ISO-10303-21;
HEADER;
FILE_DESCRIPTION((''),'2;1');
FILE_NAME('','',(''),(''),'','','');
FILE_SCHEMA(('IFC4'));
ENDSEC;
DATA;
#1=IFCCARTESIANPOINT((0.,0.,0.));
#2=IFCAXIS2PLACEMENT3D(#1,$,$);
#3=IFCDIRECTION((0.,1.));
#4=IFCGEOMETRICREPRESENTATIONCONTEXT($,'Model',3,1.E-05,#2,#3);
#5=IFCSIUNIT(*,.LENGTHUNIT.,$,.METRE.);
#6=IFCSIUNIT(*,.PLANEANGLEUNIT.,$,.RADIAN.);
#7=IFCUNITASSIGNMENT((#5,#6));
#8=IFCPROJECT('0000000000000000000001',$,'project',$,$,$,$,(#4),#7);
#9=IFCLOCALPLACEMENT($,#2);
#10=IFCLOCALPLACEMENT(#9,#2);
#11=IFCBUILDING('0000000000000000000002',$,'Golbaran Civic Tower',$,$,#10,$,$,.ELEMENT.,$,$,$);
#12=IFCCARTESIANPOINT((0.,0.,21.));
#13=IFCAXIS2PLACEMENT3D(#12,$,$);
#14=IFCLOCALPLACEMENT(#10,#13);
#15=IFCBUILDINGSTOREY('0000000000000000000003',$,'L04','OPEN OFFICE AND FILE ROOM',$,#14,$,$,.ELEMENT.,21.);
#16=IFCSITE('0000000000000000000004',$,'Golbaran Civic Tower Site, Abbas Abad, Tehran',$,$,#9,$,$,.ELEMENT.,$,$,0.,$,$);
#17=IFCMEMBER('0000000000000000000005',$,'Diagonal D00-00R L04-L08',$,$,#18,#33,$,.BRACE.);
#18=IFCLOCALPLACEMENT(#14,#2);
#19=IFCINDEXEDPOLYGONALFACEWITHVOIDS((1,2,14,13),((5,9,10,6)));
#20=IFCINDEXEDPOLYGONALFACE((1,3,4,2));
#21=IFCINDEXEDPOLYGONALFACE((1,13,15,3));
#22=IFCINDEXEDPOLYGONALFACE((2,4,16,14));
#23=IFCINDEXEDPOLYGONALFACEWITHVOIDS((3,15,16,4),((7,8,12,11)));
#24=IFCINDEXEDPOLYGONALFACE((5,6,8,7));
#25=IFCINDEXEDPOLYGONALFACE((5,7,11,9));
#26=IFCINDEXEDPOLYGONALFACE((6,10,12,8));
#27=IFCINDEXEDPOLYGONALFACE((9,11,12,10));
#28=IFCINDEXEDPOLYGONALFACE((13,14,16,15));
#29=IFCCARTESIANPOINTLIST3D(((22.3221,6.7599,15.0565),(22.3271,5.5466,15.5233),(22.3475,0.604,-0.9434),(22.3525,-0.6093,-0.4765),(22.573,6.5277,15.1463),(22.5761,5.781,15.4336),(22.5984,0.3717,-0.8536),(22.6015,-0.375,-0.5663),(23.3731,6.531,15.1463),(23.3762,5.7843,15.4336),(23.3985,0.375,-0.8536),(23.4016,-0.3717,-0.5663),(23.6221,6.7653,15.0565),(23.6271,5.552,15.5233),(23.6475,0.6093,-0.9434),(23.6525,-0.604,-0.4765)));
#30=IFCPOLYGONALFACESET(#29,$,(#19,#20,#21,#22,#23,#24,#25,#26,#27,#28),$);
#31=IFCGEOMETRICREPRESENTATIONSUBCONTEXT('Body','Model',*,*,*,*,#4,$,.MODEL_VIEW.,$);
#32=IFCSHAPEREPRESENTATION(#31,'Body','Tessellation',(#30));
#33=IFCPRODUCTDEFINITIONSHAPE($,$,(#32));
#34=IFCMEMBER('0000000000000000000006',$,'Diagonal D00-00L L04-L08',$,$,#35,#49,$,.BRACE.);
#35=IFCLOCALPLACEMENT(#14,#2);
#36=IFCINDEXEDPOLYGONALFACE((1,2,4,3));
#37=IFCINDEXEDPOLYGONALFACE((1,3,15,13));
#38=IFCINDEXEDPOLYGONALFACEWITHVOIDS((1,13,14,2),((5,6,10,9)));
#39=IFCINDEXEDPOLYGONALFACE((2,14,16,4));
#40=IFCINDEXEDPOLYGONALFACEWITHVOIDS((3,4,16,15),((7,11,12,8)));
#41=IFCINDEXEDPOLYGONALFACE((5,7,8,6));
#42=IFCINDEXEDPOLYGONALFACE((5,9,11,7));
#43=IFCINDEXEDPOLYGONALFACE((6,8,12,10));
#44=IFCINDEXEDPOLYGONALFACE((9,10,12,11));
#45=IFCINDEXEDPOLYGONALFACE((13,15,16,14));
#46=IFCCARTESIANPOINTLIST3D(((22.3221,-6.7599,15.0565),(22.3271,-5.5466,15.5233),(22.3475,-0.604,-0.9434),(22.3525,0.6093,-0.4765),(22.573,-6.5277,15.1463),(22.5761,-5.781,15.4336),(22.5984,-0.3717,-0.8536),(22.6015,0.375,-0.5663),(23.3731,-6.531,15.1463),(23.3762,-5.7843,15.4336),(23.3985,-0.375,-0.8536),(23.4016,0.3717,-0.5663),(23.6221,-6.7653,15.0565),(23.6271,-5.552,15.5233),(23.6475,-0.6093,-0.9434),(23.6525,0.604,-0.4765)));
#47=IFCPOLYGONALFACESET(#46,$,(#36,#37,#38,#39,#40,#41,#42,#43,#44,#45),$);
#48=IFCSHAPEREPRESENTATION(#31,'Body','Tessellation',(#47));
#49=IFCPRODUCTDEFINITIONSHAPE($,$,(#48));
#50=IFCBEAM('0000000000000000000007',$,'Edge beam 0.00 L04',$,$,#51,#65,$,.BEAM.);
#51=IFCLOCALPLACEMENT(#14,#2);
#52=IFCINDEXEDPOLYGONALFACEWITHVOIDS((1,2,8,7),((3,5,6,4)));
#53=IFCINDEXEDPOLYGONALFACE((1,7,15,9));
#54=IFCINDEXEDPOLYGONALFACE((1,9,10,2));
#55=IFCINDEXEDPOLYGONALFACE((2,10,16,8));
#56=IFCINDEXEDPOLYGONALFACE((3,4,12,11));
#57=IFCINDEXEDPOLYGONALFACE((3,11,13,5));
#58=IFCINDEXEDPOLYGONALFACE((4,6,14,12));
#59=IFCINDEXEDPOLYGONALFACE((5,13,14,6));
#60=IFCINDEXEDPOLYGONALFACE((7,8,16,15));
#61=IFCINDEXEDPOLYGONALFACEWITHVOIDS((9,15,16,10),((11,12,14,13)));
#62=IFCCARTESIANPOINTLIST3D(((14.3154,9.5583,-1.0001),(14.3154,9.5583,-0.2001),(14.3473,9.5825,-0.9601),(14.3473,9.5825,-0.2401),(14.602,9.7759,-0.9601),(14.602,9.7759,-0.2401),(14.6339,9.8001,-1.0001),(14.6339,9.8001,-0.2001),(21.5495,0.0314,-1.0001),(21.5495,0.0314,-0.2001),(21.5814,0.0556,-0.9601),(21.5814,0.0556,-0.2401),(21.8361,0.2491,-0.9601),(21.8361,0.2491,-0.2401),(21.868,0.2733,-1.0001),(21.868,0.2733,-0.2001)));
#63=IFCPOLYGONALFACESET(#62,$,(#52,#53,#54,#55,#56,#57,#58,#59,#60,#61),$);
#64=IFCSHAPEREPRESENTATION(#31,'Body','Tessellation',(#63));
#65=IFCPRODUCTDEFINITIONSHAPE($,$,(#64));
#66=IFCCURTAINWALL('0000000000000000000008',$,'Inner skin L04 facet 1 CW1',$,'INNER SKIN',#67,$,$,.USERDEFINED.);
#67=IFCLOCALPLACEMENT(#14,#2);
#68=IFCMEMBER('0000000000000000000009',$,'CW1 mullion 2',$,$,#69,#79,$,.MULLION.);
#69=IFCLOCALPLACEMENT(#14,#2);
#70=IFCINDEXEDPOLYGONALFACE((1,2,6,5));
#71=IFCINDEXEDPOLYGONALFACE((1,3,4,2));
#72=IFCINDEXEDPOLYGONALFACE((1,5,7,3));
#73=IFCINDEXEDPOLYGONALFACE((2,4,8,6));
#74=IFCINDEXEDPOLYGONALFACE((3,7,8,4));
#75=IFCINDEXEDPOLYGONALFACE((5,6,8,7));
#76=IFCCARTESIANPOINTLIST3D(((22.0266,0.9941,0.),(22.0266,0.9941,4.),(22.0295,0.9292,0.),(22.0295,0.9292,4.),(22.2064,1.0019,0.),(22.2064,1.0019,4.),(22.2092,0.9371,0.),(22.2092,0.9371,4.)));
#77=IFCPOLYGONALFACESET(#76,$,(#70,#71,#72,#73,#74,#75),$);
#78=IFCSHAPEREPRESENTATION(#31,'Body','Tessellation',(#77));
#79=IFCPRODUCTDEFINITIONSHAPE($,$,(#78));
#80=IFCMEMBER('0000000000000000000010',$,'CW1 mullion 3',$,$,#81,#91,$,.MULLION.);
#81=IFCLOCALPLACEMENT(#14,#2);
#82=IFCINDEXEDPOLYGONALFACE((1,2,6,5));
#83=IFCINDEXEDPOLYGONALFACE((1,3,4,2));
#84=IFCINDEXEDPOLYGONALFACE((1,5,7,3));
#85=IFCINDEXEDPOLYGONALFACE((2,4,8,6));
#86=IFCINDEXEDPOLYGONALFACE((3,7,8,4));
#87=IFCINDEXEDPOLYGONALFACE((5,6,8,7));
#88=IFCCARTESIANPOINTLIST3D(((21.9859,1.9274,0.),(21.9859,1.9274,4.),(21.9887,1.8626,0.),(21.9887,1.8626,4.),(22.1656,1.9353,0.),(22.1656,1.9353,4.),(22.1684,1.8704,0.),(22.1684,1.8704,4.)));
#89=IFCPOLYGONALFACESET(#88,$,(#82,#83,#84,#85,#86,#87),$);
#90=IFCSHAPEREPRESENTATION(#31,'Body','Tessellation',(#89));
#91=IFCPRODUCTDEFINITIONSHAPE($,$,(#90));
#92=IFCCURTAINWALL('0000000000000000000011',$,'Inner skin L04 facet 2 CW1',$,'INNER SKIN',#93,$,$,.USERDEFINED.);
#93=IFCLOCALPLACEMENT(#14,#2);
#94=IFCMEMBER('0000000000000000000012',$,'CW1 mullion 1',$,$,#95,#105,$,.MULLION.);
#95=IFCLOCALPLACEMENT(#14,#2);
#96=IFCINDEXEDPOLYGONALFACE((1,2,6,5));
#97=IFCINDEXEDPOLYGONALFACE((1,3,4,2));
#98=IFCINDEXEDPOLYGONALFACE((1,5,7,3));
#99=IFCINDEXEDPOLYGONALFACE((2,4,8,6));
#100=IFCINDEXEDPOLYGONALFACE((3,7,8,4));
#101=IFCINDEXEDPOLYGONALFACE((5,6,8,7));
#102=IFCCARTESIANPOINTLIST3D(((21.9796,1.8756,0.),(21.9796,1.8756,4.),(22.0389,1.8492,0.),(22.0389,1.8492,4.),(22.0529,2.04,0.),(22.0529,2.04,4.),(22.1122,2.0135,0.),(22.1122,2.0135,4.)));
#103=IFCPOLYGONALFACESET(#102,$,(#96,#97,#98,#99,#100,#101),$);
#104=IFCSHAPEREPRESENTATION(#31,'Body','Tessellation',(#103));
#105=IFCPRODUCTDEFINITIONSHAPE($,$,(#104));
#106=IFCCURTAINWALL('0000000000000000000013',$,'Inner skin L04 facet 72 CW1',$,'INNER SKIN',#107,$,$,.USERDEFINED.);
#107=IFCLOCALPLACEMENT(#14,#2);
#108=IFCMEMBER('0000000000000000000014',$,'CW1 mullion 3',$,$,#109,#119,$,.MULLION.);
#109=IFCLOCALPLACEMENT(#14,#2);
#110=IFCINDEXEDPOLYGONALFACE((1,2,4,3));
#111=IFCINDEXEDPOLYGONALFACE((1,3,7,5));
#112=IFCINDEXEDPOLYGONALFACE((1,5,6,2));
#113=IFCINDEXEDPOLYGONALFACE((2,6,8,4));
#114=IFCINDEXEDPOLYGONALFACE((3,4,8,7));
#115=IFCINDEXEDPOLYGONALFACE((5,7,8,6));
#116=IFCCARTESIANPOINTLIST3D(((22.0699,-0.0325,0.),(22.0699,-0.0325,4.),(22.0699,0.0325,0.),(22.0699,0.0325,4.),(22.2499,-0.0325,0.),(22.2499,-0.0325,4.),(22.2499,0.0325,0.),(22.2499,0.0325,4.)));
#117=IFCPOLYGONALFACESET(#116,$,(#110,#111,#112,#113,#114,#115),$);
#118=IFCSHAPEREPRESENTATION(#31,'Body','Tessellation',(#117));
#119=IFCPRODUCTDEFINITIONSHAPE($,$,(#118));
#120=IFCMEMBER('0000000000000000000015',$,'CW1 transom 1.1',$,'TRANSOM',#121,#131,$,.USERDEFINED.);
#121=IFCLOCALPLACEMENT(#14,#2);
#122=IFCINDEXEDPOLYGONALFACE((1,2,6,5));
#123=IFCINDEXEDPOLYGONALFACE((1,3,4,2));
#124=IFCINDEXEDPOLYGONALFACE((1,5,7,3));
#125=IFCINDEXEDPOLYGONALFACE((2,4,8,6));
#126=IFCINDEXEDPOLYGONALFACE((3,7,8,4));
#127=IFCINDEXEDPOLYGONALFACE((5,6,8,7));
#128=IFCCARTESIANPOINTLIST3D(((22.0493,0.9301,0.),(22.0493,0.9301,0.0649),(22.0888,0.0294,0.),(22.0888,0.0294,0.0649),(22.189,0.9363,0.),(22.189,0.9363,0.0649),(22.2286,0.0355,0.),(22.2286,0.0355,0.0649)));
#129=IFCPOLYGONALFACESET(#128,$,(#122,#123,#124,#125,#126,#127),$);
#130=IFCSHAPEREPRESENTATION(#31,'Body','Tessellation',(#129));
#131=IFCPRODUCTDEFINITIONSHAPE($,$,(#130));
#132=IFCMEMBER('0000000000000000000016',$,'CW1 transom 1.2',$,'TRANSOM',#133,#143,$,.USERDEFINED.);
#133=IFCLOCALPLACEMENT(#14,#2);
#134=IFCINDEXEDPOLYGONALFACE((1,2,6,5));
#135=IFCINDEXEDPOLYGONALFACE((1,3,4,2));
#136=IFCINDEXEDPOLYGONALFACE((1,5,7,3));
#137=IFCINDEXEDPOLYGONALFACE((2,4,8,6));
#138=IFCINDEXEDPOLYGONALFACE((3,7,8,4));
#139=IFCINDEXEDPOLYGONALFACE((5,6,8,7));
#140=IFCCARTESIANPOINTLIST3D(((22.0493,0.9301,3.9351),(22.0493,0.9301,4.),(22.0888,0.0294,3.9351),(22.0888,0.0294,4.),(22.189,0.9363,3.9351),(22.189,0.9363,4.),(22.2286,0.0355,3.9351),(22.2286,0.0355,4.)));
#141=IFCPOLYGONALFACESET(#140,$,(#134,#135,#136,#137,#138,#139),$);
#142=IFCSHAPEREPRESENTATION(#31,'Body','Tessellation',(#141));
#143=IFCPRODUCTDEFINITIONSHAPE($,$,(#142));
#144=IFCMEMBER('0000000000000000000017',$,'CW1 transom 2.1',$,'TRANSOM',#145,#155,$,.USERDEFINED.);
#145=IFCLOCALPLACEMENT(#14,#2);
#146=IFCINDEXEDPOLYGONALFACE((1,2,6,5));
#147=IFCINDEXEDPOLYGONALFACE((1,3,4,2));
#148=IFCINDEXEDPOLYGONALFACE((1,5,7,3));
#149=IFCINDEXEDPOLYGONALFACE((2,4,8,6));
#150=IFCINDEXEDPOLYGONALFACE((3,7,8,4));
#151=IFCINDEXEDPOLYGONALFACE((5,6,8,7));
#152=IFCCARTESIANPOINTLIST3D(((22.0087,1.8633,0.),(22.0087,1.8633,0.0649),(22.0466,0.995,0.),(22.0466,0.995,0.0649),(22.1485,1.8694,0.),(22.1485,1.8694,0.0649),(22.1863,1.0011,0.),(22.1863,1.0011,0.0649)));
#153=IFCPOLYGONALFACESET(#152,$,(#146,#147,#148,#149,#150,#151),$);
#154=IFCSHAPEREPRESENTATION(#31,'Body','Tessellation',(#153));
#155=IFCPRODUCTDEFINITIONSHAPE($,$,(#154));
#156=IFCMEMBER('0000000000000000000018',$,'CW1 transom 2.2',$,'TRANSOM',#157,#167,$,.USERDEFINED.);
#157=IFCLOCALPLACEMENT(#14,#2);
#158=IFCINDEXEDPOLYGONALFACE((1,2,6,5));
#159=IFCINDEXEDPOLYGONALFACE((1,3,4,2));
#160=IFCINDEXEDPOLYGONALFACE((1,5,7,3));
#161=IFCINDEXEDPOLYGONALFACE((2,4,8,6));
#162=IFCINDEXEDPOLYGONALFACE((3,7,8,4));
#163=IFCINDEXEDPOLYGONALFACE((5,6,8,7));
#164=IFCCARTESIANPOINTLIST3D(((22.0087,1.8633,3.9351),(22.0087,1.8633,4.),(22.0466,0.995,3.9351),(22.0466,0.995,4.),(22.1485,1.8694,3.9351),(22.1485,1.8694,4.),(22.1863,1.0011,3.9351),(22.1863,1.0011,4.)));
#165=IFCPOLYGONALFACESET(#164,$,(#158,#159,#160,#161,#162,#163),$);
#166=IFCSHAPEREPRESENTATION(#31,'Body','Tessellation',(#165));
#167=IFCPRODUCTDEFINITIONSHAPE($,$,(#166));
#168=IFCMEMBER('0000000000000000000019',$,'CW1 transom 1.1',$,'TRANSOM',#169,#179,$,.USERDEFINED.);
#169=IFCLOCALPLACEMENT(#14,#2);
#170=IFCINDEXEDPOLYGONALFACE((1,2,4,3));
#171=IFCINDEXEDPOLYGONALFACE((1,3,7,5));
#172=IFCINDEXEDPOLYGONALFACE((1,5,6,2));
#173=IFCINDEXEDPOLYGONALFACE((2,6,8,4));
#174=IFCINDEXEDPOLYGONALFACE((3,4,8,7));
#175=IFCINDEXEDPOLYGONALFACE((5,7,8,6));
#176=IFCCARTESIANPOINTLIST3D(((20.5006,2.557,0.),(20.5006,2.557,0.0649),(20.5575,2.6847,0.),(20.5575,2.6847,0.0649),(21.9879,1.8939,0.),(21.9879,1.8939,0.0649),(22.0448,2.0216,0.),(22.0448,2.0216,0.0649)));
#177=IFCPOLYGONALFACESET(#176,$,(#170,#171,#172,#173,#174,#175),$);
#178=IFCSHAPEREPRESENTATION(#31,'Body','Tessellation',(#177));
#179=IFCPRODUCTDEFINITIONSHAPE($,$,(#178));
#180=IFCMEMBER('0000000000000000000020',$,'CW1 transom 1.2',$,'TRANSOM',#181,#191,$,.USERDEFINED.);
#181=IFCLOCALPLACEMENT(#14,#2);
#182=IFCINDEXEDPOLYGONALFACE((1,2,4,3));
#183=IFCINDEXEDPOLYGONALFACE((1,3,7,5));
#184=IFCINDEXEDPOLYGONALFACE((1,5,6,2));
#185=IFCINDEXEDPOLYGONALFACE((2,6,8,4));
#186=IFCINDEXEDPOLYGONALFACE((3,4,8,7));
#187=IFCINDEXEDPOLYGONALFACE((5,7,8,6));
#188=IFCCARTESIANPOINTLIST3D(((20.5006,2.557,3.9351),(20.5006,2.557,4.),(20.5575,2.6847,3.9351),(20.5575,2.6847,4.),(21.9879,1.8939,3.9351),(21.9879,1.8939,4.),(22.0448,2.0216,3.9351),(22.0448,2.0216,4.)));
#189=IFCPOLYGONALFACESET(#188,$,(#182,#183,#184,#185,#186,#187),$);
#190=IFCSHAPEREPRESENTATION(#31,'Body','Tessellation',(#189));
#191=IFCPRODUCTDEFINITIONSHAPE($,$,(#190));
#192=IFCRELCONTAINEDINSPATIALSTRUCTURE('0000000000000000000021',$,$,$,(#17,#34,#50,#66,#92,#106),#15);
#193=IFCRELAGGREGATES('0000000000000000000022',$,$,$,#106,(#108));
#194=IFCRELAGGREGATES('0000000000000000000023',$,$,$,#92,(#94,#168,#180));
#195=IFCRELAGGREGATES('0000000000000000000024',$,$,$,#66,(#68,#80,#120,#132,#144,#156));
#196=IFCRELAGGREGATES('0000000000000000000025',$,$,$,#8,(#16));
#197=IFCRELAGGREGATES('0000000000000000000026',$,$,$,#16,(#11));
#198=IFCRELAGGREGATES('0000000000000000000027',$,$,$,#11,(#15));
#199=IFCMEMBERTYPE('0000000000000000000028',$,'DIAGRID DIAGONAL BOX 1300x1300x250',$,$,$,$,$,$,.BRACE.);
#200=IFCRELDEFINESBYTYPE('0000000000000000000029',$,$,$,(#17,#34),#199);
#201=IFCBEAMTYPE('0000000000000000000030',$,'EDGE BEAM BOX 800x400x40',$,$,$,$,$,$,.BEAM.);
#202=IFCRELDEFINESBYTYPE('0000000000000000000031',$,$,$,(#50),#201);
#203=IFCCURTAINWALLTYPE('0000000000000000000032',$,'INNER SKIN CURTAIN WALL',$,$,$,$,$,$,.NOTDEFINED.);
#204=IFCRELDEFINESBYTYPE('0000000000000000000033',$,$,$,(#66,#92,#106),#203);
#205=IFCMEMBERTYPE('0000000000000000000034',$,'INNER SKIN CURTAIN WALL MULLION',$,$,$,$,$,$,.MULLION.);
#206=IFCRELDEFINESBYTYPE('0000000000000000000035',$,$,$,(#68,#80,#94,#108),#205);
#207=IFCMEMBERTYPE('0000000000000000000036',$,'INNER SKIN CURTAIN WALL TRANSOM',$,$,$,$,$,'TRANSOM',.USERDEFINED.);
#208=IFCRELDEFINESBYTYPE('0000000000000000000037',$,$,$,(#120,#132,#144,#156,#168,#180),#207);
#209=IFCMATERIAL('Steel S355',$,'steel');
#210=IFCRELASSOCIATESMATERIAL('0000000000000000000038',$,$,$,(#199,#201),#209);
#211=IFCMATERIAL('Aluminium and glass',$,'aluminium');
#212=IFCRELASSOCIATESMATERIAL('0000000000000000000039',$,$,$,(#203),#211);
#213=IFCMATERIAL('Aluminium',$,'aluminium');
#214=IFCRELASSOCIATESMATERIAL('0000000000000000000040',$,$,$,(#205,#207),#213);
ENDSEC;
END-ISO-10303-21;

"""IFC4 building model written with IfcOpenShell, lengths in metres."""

from ifc_helpers import new_model, si_unit, direction, frame, origin, origin_2d, place, context, subcontext, project, spatial, rectangle, hollow_rectangle, extrude, material, material_profile, profile_set, type_object, element, aggregate, save


model = new_model("IFC4")

# Units and contexts
model_context = context("Model", 3, precision=1e-05, world=origin(), true_north=direction((0.0, 1.0)))
body_context = subcontext(model_context, "Body", "Model", "MODEL_VIEW")
ifc_project = project(units=[si_unit("LENGTHUNIT", "METRE"), si_unit("PLANEANGLEUNIT", "RADIAN")], contexts=[model_context])

# Site, building, storey
site_placement = place(None, origin())
site = spatial("IfcSite", under=ifc_project, at=site_placement, Name="Golbaran Civic Tower Site, Abbas Abad, Tehran", CompositionType="ELEMENT", RefElevation=0.0)
building_placement = place(site_placement, origin())
building = spatial("IfcBuilding", under=site, at=building_placement, Name="Golbaran Civic Tower", CompositionType="ELEMENT")
storey_placement = place(building_placement, frame((0.0, 0.0, 21.0)))
storey = spatial("IfcBuildingStorey", under=building, at=storey_placement, Name="L04", Description="OPEN OFFICE AND FILE ROOM", CompositionType="ELEMENT", Elevation=21.0)

# Members
ifc_material_1 = material(Name="Steel S355", Category="steel")
ifc_material_profile_1 = material_profile(ifc_material_1, hollow_rectangle(XDim=1.3, YDim=1.3, WallThickness=0.25, at=origin_2d()), Name="BOX 1300x1300x250")
ifc_profile_set_1 = profile_set([ifc_material_profile_1], Name="Steel S355")
member_type_1 = type_object("IfcMemberType", Name="DIAGRID DIAGONAL BOX 1300x1300x250", PredefinedType="BRACE", material=ifc_profile_set_1)
for number, where, z_axis, x_axis, name in (
    (1, (23.0, 0.0, -0.71), (-0.001481, 0.359088, 0.933302), (-0.999991, -0.004124, 0.0), "Diagonal D00-00R L04-L08"),
    (2, (23.0, 0.0, -0.71), (-0.001481, -0.359088, 0.933302), (0.999991, -0.004124, 0.0), "Diagonal D00-00L L04-L08"),
):
    element("IfcMember", number, at=place(storey_placement, frame(where, z_axis=z_axis, x_axis=x_axis)), inside=storey, type_object=member_type_1, Name=name, PredefinedType="BRACE", context=body_context, shape_type="SweptSolid", body=[
        extrude(hollow_rectangle(XDim=1.3, YDim=1.3, WallThickness=0.25, at=origin_2d()), origin(), (0.0, 0.0, 1.0), 17.1433),
    ])

# Beam
ifc_material_profile_2 = material_profile(ifc_material_1, hollow_rectangle(XDim=0.3999, YDim=0.8, WallThickness=0.04, at=origin_2d()), Name="BOX 800x400x40")
ifc_profile_set_2 = profile_set([ifc_material_profile_2], Name="Steel S355")
beam_type = type_object("IfcBeamType", Name="EDGE BEAM BOX 800x400x40", PredefinedType="BEAM", material=ifc_profile_set_2)
beam_placement = place(storey_placement, frame((21.7087, 0.1523, -0.6001), z_axis=(-0.60475, 0.796415, 0.0), x_axis=(-0.796415, -0.60475, 0.0)))
element("IfcBeam", 3, at=beam_placement, inside=storey, type_object=beam_type, Name="Edge beam 0.00 L04", PredefinedType="BEAM", context=body_context, shape_type="SweptSolid", body=[
    extrude(hollow_rectangle(XDim=0.3999, YDim=0.8, WallThickness=0.04, at=origin_2d()), origin(), (0.0, 0.0, 1.0), 11.9622),
])

# Curtain wall, members
ifc_material_2 = material(Name="Aluminium and glass", Category="aluminium")
curtain_wall_type_1 = type_object("IfcCurtainWallType", Name="INNER SKIN CURTAIN WALL", PredefinedType="NOTDEFINED", material=ifc_material_2)
curtain_wall_1_placement = place(storey_placement, origin())
curtain_wall_1 = element("IfcCurtainWall", 4, at=curtain_wall_1_placement, inside=storey, type_object=curtain_wall_type_1, Name="Inner skin L04 facet 1 CW1", ObjectType="INNER SKIN", PredefinedType="USERDEFINED")
ifc_material_3 = material(Name="Aluminium", Category="aluminium")
ifc_material_profile_3 = material_profile(ifc_material_3, rectangle(XDim=0.1799, YDim=0.0649, at=origin_2d()), Name="INNER SKIN CURTAIN WALL MULLION")
ifc_profile_set_3 = profile_set([ifc_material_profile_3], Name="Aluminium")
member_type_2 = type_object("IfcMemberType", Name="INNER SKIN CURTAIN WALL MULLION", PredefinedType="MULLION", material=ifc_profile_set_3)
member_1_placement = place(storey_placement, frame((22.1179, 0.9656, 0.0), z_axis=(0.0, 0.0, 1.0), x_axis=(-0.999048, -0.043619, 0.0)))
member_1 = element("IfcMember", 5, at=member_1_placement, type_object=member_type_2, Name="CW1 mullion 2", PredefinedType="MULLION", context=body_context, shape_type="SweptSolid", body=[
    extrude(rectangle(XDim=0.1799, YDim=0.0649, at=origin_2d()), origin(), (0.0, 0.0, 1.0), 4.0),
])
member_2_placement = place(storey_placement, frame((22.0771, 1.8989, 0.0), z_axis=(0.0, 0.0, 1.0), x_axis=(-0.999048, -0.043619, 0.0)))
member_2 = element("IfcMember", 6, at=member_2_placement, type_object=member_type_2, Name="CW1 mullion 3", PredefinedType="MULLION", context=body_context, shape_type="SweptSolid", body=[
    extrude(rectangle(XDim=0.1799, YDim=0.0649, at=origin_2d()), origin(), (0.0, 0.0, 1.0), 4.0),
])

# Curtain walls, members
curtain_wall_2_placement = place(storey_placement, origin())
curtain_wall_2 = element("IfcCurtainWall", 7, at=curtain_wall_2_placement, inside=storey, type_object=curtain_wall_type_1, Name="Inner skin L04 facet 2 CW1", ObjectType="INNER SKIN", PredefinedType="USERDEFINED")
member_3_placement = place(storey_placement, frame((22.0459, 1.9446, 0.0), z_axis=(0.0, 0.0, 1.0), x_axis=(-0.407136, -0.913367, 0.0)))
member_3 = element("IfcMember", 8, at=member_3_placement, type_object=member_type_2, Name="CW1 mullion 1", PredefinedType="MULLION", context=body_context, shape_type="SweptSolid", body=[
    extrude(rectangle(XDim=0.1799, YDim=0.0649, at=origin_2d()), origin(), (0.0, 0.0, 1.0), 4.0),
])
curtain_wall_3_placement = place(storey_placement, origin())
curtain_wall_3 = element("IfcCurtainWall", 9, at=curtain_wall_3_placement, inside=storey, type_object=curtain_wall_type_1, Name="Inner skin L04 facet 72 CW1", ObjectType="INNER SKIN", PredefinedType="USERDEFINED")
member_4_placement = place(storey_placement, frame((22.1599, 0.0, 0.0), z_axis=(0.0, 0.0, 1.0), x_axis=(-1.0, 0.0, 0.0)))
member_4 = element("IfcMember", 10, at=member_4_placement, type_object=member_type_2, Name="CW1 mullion 3", PredefinedType="MULLION", context=body_context, shape_type="SweptSolid", body=[
    extrude(rectangle(XDim=0.1799, YDim=0.0649, at=origin_2d()), origin(), (0.0, 0.0, 1.0), 4.0),
])
aggregate(curtain_wall_3, [member_4])

# Members
ifc_material_profile_4 = material_profile(ifc_material_3, rectangle(XDim=0.1399, YDim=0.0649, at=origin_2d()), Name="INNER SKIN CURTAIN WALL TRANSOM")
ifc_profile_set_4 = profile_set([ifc_material_profile_4], Name="Aluminium")
member_type_3 = type_object("IfcMemberType", Name="INNER SKIN CURTAIN WALL TRANSOM", ElementType="TRANSOM", PredefinedType="USERDEFINED", material=ifc_profile_set_4)
member_5_placement = place(storey_placement, frame((22.1587, 0.0325, 0.0325), z_axis=(-0.043872, 0.999037, 0.0), x_axis=(-0.999037, -0.043872, 0.0)))
member_5 = element("IfcMember", 11, at=member_5_placement, type_object=member_type_3, Name="CW1 transom 1.1", ObjectType="TRANSOM", PredefinedType="USERDEFINED", context=body_context, shape_type="SweptSolid", body=[
    extrude(rectangle(XDim=0.1399, YDim=0.0649, at=origin_2d()), origin(), (0.0, 0.0, 1.0), 0.9016),
])
member_6_placement = place(storey_placement, frame((22.1587, 0.0325, 3.9675), z_axis=(-0.043872, 0.999037, 0.0), x_axis=(-0.999037, -0.043872, 0.0)))
member_6 = element("IfcMember", 12, at=member_6_placement, type_object=member_type_3, Name="CW1 transom 1.2", ObjectType="TRANSOM", PredefinedType="USERDEFINED", context=body_context, shape_type="SweptSolid", body=[
    extrude(rectangle(XDim=0.1399, YDim=0.0649, at=origin_2d()), origin(), (0.0, 0.0, 1.0), 0.9016),
])
member_7_placement = place(storey_placement, frame((22.1165, 0.998, 0.0325), z_axis=(-0.043535, 0.999052, 0.0), x_axis=(-0.999052, -0.043535, 0.0)))
member_7 = element("IfcMember", 13, at=member_7_placement, type_object=member_type_3, Name="CW1 transom 2.1", ObjectType="TRANSOM", PredefinedType="USERDEFINED", context=body_context, shape_type="SweptSolid", body=[
    extrude(rectangle(XDim=0.1399, YDim=0.0649, at=origin_2d()), origin(), (0.0, 0.0, 1.0), 0.8691),
])
member_8_placement = place(storey_placement, frame((22.1165, 0.998, 3.9675), z_axis=(-0.043535, 0.999052, 0.0), x_axis=(-0.999052, -0.043535, 0.0)))
member_8 = element("IfcMember", 14, at=member_8_placement, type_object=member_type_3, Name="CW1 transom 2.2", ObjectType="TRANSOM", PredefinedType="USERDEFINED", context=body_context, shape_type="SweptSolid", body=[
    extrude(rectangle(XDim=0.1399, YDim=0.0649, at=origin_2d()), origin(), (0.0, 0.0, 1.0), 0.8691),
])
member_9_placement = place(storey_placement, frame((22.0164, 1.9578, 0.0325), z_axis=(-0.913341, 0.407195, 0.0), x_axis=(-0.407195, -0.913341, 0.0)))
member_9 = element("IfcMember", 15, at=member_9_placement, type_object=member_type_3, Name="CW1 transom 1.1", ObjectType="TRANSOM", PredefinedType="USERDEFINED", context=body_context, shape_type="SweptSolid", body=[
    extrude(rectangle(XDim=0.1399, YDim=0.0649, at=origin_2d()), origin(), (0.0, 0.0, 1.0), 1.6284),
])
member_10_placement = place(storey_placement, frame((22.0164, 1.9578, 3.9675), z_axis=(-0.913341, 0.407195, 0.0), x_axis=(-0.407195, -0.913341, 0.0)))
member_10 = element("IfcMember", 16, at=member_10_placement, type_object=member_type_3, Name="CW1 transom 1.2", ObjectType="TRANSOM", PredefinedType="USERDEFINED", context=body_context, shape_type="SweptSolid", body=[
    extrude(rectangle(XDim=0.1399, YDim=0.0649, at=origin_2d()), origin(), (0.0, 0.0, 1.0), 1.6284),
])

aggregate(curtain_wall_2, [member_3, member_9, member_10])
aggregate(curtain_wall_1, [member_1, member_2, member_5, member_6, member_7, member_8])

save(model, "model.ifc")
